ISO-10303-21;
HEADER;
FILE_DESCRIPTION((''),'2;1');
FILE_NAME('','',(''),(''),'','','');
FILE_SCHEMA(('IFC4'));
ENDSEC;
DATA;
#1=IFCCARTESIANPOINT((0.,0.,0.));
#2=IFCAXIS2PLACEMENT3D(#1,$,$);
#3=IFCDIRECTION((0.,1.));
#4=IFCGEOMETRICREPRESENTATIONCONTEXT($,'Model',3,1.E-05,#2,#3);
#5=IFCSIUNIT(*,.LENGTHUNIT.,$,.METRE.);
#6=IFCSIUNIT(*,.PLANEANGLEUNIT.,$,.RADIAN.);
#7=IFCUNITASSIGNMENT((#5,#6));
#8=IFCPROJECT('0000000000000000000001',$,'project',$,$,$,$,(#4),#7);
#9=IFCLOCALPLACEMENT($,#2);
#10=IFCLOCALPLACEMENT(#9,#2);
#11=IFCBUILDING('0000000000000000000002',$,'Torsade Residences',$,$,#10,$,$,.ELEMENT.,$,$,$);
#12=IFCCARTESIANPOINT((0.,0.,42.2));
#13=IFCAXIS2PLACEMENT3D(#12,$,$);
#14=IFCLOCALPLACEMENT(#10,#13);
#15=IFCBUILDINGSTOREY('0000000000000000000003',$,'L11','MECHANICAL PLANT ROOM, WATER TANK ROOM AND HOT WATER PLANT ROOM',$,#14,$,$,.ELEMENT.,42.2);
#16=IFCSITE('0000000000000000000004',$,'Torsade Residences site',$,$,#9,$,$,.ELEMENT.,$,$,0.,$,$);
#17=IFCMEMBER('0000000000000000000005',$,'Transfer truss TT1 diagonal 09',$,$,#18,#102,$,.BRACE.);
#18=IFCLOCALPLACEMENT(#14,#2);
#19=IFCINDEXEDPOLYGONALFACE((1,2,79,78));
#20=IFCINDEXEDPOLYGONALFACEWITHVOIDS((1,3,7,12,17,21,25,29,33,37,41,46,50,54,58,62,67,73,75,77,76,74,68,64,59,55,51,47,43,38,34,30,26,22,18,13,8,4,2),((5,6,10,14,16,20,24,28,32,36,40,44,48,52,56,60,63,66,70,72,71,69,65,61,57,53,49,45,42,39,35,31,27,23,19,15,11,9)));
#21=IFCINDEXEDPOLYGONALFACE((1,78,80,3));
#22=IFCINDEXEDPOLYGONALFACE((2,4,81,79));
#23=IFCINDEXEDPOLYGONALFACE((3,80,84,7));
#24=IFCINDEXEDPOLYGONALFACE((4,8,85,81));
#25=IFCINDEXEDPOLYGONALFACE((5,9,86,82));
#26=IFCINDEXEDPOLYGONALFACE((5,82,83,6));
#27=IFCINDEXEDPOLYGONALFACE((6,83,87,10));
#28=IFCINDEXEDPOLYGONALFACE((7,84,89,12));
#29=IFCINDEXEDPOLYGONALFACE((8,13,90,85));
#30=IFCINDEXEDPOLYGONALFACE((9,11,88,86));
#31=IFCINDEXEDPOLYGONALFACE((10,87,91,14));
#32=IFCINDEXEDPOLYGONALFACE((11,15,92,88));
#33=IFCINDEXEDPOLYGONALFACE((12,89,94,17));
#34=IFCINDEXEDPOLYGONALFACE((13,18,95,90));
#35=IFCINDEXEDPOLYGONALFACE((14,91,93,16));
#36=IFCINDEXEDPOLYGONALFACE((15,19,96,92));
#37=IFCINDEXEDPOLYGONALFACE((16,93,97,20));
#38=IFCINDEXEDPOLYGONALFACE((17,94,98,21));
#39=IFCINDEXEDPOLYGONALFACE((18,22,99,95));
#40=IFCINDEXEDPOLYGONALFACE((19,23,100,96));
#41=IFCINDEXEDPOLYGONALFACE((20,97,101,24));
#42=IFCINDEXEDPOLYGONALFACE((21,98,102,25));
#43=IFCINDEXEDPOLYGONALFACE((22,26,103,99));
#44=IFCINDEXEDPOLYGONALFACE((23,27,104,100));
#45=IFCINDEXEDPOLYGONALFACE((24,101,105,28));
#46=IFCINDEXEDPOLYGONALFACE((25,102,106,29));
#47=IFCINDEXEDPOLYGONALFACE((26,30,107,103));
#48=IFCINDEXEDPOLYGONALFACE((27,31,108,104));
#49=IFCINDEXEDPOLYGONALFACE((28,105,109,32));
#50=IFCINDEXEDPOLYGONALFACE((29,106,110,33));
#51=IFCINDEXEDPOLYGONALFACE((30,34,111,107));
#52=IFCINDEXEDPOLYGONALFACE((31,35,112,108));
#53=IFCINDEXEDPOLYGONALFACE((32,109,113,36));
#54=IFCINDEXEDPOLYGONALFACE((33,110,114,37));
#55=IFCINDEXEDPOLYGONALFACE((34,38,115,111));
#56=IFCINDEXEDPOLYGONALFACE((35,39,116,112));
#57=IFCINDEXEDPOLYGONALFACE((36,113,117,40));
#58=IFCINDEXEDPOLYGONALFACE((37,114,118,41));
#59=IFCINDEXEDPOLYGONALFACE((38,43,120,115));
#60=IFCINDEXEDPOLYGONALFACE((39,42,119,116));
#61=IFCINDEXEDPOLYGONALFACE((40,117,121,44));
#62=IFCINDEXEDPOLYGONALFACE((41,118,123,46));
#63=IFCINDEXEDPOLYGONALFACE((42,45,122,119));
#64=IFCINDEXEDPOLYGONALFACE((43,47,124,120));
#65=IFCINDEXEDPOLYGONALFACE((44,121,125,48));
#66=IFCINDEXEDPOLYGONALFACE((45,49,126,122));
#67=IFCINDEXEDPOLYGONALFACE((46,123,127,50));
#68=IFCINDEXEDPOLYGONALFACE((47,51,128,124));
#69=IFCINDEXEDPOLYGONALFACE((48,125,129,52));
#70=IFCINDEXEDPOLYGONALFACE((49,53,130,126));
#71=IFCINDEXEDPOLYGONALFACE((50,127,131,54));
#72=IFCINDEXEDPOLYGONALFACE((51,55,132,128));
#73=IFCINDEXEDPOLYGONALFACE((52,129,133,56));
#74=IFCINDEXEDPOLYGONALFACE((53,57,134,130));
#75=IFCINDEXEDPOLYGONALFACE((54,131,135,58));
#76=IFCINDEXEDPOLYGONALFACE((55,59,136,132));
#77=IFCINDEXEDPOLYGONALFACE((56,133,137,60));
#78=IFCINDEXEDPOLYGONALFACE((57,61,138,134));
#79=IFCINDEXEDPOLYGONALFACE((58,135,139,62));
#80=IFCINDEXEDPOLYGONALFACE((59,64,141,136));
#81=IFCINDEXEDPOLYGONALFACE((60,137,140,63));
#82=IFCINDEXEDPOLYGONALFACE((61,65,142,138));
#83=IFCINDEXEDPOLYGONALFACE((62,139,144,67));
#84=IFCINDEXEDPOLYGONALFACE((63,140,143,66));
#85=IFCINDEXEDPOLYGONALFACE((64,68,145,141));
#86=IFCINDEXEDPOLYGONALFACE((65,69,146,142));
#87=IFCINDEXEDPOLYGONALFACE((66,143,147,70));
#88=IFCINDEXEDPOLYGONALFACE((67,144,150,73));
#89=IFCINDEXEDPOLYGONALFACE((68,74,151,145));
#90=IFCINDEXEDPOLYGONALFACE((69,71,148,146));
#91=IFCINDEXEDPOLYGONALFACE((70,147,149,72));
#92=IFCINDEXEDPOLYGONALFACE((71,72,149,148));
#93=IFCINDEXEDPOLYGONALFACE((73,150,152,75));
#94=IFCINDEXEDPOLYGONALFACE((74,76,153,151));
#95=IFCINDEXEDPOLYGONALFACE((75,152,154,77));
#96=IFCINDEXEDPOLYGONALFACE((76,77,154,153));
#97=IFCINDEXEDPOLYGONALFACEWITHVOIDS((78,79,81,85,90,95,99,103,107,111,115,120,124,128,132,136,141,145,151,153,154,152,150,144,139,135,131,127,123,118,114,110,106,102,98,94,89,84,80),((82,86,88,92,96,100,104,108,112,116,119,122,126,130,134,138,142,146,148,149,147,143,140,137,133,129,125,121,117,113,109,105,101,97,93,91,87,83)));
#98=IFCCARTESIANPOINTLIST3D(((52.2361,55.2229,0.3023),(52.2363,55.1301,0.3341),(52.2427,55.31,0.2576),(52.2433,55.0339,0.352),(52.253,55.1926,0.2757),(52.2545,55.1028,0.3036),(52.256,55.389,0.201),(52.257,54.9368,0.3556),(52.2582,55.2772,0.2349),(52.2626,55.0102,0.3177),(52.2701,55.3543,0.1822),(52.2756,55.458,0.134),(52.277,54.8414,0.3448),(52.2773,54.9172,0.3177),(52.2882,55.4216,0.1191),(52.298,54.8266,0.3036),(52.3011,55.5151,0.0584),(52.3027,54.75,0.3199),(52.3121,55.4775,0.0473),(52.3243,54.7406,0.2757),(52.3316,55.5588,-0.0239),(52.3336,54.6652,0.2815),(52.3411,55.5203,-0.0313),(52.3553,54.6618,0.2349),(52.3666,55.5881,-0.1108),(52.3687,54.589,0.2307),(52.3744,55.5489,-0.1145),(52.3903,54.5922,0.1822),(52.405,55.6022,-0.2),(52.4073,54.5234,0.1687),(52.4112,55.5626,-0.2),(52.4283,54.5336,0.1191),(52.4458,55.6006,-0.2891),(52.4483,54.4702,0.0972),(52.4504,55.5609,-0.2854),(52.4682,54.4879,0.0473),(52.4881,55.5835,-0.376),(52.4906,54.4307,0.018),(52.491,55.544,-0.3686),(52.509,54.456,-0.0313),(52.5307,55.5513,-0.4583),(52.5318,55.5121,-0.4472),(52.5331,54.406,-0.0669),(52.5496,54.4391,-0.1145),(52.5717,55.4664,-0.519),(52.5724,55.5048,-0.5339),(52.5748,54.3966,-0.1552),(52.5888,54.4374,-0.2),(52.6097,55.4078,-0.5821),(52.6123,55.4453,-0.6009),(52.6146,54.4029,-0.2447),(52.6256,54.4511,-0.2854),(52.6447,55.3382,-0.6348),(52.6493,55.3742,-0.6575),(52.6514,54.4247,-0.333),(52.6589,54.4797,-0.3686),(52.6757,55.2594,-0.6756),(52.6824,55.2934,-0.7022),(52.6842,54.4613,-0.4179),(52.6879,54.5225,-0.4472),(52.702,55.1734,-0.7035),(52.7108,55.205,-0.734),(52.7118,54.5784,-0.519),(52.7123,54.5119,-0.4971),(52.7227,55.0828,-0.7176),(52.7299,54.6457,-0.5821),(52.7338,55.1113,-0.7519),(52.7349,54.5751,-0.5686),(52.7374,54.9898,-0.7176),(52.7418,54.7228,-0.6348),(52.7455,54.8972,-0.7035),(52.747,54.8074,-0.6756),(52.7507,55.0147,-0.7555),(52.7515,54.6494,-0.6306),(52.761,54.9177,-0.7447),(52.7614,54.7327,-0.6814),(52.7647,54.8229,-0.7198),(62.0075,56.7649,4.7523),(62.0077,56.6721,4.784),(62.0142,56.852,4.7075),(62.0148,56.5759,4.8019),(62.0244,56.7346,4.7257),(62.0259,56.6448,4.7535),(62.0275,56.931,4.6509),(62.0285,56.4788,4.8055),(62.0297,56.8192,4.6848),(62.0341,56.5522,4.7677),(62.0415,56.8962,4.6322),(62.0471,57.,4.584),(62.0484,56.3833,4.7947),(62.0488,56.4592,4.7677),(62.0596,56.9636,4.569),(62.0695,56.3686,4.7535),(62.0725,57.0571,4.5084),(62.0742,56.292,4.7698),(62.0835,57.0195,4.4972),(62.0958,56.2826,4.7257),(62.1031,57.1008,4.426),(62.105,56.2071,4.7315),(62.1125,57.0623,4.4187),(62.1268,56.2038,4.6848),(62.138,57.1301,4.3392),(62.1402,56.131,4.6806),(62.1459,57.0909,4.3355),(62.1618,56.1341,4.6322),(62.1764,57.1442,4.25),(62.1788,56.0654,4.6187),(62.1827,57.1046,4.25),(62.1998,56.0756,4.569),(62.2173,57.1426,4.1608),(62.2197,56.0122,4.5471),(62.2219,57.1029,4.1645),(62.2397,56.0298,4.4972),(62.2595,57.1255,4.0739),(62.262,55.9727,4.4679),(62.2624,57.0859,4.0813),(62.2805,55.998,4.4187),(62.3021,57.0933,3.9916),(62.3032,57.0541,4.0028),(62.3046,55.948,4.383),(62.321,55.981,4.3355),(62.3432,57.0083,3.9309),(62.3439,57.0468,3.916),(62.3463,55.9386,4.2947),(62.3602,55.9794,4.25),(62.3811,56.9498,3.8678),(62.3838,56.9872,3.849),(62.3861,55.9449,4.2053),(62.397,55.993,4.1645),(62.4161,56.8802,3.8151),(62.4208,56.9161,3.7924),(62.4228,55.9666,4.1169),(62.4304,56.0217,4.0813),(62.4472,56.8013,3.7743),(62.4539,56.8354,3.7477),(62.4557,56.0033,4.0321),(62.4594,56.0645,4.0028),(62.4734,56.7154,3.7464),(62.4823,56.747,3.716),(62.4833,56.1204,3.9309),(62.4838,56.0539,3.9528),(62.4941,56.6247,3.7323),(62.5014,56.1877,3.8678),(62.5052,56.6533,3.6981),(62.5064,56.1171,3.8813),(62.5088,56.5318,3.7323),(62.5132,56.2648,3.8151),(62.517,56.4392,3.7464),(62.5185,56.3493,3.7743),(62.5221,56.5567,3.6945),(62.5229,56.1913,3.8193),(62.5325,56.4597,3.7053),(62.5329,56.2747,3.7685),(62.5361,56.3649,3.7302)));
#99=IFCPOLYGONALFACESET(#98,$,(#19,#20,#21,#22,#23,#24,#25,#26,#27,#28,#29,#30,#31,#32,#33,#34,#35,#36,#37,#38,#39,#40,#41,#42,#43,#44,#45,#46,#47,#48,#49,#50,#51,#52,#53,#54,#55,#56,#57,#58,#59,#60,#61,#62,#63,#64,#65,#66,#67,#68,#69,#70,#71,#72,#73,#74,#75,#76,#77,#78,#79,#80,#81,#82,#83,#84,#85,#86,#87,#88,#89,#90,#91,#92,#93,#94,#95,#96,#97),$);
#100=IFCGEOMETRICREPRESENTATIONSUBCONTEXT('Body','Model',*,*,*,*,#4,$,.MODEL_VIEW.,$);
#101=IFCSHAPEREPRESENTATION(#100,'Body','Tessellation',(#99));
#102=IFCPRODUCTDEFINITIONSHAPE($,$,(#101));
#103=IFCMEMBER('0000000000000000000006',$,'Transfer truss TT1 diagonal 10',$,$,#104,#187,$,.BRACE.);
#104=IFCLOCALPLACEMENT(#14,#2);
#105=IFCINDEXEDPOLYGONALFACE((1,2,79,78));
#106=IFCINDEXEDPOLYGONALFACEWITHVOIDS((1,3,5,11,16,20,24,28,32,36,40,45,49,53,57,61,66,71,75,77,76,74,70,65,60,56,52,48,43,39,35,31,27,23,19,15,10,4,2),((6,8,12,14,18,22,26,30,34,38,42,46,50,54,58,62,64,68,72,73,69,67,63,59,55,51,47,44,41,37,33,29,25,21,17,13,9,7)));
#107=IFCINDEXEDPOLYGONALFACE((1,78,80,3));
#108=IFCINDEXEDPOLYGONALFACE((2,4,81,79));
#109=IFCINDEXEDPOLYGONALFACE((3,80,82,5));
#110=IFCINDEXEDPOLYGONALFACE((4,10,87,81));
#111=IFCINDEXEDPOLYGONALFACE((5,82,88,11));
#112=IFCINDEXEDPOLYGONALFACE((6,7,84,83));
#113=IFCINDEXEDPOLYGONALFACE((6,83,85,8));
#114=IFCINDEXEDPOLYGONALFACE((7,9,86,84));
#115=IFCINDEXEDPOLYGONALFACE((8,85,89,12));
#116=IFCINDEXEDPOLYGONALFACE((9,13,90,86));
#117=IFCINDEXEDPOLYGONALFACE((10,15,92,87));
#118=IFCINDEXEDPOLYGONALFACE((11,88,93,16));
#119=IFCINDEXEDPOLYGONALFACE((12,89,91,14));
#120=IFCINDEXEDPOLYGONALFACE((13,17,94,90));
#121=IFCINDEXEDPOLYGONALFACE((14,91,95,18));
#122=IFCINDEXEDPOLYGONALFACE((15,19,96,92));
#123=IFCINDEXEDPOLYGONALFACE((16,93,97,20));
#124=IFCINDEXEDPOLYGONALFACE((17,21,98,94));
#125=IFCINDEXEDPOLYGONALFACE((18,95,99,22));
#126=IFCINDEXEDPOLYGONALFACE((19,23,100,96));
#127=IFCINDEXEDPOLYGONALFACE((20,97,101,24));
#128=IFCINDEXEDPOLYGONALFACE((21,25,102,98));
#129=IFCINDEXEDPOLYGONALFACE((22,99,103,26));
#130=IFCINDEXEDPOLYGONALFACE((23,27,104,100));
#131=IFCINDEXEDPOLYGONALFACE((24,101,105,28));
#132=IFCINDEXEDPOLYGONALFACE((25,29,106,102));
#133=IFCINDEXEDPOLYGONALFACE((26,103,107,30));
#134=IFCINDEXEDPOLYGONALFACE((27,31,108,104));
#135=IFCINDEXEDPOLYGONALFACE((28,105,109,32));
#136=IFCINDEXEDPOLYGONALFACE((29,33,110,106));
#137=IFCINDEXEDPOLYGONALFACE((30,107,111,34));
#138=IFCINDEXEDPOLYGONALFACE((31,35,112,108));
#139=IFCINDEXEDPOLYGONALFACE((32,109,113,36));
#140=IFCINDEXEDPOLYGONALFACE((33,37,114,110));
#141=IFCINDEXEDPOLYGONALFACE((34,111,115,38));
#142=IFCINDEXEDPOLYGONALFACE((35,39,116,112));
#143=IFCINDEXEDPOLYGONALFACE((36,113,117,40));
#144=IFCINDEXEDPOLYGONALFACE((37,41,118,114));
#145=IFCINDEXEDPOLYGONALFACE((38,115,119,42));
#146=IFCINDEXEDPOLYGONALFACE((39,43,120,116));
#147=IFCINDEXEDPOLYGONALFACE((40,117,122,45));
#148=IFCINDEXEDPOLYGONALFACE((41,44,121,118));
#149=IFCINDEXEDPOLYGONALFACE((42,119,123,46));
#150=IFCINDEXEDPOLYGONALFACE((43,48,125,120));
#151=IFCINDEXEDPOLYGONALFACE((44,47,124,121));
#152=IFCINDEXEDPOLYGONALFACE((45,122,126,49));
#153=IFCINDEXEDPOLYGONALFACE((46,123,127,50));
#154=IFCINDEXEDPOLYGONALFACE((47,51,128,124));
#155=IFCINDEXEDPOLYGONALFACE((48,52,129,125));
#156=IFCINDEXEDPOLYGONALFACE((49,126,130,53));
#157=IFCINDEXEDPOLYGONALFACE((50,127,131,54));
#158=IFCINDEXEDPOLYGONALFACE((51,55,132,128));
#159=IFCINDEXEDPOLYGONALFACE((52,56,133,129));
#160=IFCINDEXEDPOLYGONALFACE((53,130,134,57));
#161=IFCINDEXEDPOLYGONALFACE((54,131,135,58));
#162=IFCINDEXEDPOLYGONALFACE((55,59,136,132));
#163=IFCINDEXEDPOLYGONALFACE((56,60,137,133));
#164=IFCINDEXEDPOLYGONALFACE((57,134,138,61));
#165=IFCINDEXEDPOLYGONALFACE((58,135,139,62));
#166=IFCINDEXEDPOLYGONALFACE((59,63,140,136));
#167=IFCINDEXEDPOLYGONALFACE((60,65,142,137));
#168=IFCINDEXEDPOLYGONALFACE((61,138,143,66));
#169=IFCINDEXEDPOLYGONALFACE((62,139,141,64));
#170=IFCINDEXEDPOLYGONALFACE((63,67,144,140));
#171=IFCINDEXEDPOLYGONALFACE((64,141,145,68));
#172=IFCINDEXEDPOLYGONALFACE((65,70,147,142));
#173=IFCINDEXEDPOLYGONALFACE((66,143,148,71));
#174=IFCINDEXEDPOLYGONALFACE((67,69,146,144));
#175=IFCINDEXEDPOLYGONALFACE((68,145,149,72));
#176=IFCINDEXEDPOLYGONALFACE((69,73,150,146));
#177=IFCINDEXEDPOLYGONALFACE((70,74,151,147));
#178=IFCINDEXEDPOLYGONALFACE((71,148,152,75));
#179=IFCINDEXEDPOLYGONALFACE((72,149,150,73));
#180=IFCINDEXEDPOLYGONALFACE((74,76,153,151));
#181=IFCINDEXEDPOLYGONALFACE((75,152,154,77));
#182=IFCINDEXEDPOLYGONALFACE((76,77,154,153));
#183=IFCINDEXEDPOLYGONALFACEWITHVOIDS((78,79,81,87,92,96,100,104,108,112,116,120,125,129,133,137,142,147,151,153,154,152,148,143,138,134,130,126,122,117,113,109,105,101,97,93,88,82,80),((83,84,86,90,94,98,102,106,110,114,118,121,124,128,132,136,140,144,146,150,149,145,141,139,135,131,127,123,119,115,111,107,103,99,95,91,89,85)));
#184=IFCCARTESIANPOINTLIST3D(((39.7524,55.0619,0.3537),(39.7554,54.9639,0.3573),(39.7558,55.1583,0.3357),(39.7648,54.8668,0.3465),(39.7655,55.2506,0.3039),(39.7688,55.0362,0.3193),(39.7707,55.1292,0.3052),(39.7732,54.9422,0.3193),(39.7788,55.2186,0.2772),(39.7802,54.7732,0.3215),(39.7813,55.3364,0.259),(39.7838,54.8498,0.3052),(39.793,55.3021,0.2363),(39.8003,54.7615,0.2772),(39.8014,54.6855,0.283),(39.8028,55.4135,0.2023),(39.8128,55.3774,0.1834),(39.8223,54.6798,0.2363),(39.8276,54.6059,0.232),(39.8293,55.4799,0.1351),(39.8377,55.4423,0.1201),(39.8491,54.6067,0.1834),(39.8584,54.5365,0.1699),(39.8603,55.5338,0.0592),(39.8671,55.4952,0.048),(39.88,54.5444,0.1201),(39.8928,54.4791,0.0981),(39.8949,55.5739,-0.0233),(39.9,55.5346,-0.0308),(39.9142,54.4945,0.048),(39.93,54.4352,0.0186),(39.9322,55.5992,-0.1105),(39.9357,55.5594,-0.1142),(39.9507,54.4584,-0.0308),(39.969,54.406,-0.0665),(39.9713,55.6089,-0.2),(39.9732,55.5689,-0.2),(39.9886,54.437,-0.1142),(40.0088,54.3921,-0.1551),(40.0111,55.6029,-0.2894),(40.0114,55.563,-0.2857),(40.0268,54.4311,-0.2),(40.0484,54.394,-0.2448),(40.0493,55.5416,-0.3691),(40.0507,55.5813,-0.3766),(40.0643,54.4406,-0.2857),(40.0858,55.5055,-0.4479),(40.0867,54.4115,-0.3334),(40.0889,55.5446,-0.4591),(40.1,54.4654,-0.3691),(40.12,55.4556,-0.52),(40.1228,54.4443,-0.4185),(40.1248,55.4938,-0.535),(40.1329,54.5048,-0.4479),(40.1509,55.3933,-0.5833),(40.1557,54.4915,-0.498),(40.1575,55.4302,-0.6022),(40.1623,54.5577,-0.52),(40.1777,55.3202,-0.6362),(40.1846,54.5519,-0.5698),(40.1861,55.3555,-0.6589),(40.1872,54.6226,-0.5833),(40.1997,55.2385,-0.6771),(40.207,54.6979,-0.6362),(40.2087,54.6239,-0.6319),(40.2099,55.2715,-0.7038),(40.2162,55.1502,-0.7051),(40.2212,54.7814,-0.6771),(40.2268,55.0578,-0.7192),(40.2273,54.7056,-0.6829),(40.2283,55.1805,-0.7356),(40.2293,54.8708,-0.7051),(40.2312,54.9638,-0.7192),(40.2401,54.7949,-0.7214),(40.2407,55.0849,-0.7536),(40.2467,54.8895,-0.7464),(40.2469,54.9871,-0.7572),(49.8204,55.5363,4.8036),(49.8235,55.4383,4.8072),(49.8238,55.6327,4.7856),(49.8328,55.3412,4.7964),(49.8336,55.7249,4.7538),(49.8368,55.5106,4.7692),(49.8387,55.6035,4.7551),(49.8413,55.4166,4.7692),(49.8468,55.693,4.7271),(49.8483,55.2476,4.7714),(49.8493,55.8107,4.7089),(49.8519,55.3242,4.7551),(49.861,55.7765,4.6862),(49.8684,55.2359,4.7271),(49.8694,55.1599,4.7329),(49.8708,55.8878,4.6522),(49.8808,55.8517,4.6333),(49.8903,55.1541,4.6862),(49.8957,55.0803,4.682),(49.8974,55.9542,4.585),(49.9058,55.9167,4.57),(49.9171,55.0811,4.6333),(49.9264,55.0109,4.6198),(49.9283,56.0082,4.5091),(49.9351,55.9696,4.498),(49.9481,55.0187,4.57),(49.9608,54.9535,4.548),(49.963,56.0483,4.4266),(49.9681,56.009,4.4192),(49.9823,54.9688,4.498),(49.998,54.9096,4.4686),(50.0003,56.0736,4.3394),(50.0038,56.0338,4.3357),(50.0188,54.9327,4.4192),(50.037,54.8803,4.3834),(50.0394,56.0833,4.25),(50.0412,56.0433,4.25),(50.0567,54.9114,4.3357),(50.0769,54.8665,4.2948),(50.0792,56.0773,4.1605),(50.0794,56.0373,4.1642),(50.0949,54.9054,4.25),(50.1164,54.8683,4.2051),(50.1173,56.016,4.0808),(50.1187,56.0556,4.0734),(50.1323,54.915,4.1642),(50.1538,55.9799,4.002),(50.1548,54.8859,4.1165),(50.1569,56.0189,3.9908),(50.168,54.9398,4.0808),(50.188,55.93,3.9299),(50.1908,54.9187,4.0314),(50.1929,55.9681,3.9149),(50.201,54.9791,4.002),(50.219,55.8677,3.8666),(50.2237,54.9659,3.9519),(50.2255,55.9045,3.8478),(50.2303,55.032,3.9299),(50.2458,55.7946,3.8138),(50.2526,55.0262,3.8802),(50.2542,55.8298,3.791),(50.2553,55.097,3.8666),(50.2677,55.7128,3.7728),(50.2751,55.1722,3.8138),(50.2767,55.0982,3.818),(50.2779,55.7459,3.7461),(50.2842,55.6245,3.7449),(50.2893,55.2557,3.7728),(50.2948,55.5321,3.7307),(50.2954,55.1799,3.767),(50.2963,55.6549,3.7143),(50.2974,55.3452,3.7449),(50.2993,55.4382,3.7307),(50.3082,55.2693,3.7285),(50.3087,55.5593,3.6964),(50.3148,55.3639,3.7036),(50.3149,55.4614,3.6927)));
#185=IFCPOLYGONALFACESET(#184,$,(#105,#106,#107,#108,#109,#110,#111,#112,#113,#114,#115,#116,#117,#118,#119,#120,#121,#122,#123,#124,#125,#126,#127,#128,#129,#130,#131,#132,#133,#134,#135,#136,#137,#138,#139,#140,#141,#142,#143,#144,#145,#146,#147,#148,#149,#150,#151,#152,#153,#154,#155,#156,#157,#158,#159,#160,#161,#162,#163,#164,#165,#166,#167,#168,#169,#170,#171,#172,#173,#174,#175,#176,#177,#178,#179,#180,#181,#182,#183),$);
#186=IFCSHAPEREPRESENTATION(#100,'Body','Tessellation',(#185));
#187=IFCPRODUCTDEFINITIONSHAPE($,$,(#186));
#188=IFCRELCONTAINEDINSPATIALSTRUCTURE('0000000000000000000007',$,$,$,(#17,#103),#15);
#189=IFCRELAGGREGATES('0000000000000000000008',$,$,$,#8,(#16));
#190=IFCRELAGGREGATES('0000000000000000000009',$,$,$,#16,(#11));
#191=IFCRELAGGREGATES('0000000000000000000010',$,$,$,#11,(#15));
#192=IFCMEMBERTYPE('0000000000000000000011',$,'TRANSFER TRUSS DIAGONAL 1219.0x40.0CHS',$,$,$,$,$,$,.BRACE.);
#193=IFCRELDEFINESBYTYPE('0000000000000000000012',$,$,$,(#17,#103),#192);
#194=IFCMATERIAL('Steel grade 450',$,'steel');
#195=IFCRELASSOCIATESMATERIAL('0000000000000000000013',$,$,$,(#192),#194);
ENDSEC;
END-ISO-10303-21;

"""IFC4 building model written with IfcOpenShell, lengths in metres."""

from ifc_helpers import new_model, si_unit, direction, frame, origin, origin_2d, place, context, subcontext, project, spatial, hollow_circle, extrude, material, material_profile, profile_set, type_object, element, save


model = new_model("IFC4")

# Units and contexts
model_context = context("Model", 3, precision=1e-05, world=origin(), true_north=direction((0.0, 1.0)))
body_context = subcontext(model_context, "Body", "Model", "MODEL_VIEW")
ifc_project = project(units=[si_unit("LENGTHUNIT", "METRE"), si_unit("PLANEANGLEUNIT", "RADIAN")], contexts=[model_context])

# Site, building, storey
site_placement = place(None, origin())
site = spatial("IfcSite", under=ifc_project, at=site_placement, Name="Torsade Residences site", CompositionType="ELEMENT", RefElevation=0.0)
building_placement = place(site_placement, origin())
building = spatial("IfcBuilding", under=site, at=building_placement, Name="Torsade Residences", CompositionType="ELEMENT")
storey_placement = place(building_placement, frame((0.0, 0.0, 42.2)))
storey = spatial("IfcBuildingStorey", under=building, at=storey_placement, Name="L11", Description="MECHANICAL PLANT ROOM, WATER TANK ROOM AND HOT WATER PLANT ROOM", CompositionType="ELEMENT", Elevation=42.2)

# Members
ifc_material_1 = material(Name="Steel grade 450", Category="steel")
ifc_material_profile_1 = material_profile(ifc_material_1, hollow_circle(Radius=0.6096, WallThickness=0.04, at=origin_2d()), Name="1219.0x40.0CHS")
ifc_profile_set_1 = profile_set([ifc_material_profile_1], Name="Steel grade 450")
member_type_1 = type_object("IfcMemberType", Name="TRANSFER TRUSS DIAGONAL 1219.0x40.0CHS", PredefinedType="BRACE", material=ifc_profile_set_1)
member_1_placement = place(storey_placement, frame((52.5, 55.0, -0.2), z_axis=(0.90083, 0.142156, 0.41024), x_axis=(-0.155876, 0.987777, 0.0)))
element("IfcMember", 1, at=member_1_placement, inside=storey, type_object=member_type_1, Name="Transfer truss TT1 diagonal 09", PredefinedType="BRACE", context=body_context, shape_type="SweptSolid", body=[
    extrude(hollow_circle(Radius=0.6096, WallThickness=0.04, at=origin_2d()), origin(), (0.0, 0.0, 1.0), 10.8472),
])
member_2_placement = place(storey_placement, frame((40.0, 55.0, -0.2), z_axis=(0.913797, 0.043054, 0.403884), x_axis=(-0.047063, 0.998892, 0.0)))
element("IfcMember", 2, at=member_2_placement, inside=storey, type_object=member_type_1, Name="Transfer truss TT1 diagonal 10", PredefinedType="BRACE", context=body_context, shape_type="SweptSolid", body=[
    extrude(hollow_circle(Radius=0.6096, WallThickness=0.04, at=origin_2d()), origin(), (0.0, 0.0, 1.0), 11.0178),
])

save(model, "model.ifc")
